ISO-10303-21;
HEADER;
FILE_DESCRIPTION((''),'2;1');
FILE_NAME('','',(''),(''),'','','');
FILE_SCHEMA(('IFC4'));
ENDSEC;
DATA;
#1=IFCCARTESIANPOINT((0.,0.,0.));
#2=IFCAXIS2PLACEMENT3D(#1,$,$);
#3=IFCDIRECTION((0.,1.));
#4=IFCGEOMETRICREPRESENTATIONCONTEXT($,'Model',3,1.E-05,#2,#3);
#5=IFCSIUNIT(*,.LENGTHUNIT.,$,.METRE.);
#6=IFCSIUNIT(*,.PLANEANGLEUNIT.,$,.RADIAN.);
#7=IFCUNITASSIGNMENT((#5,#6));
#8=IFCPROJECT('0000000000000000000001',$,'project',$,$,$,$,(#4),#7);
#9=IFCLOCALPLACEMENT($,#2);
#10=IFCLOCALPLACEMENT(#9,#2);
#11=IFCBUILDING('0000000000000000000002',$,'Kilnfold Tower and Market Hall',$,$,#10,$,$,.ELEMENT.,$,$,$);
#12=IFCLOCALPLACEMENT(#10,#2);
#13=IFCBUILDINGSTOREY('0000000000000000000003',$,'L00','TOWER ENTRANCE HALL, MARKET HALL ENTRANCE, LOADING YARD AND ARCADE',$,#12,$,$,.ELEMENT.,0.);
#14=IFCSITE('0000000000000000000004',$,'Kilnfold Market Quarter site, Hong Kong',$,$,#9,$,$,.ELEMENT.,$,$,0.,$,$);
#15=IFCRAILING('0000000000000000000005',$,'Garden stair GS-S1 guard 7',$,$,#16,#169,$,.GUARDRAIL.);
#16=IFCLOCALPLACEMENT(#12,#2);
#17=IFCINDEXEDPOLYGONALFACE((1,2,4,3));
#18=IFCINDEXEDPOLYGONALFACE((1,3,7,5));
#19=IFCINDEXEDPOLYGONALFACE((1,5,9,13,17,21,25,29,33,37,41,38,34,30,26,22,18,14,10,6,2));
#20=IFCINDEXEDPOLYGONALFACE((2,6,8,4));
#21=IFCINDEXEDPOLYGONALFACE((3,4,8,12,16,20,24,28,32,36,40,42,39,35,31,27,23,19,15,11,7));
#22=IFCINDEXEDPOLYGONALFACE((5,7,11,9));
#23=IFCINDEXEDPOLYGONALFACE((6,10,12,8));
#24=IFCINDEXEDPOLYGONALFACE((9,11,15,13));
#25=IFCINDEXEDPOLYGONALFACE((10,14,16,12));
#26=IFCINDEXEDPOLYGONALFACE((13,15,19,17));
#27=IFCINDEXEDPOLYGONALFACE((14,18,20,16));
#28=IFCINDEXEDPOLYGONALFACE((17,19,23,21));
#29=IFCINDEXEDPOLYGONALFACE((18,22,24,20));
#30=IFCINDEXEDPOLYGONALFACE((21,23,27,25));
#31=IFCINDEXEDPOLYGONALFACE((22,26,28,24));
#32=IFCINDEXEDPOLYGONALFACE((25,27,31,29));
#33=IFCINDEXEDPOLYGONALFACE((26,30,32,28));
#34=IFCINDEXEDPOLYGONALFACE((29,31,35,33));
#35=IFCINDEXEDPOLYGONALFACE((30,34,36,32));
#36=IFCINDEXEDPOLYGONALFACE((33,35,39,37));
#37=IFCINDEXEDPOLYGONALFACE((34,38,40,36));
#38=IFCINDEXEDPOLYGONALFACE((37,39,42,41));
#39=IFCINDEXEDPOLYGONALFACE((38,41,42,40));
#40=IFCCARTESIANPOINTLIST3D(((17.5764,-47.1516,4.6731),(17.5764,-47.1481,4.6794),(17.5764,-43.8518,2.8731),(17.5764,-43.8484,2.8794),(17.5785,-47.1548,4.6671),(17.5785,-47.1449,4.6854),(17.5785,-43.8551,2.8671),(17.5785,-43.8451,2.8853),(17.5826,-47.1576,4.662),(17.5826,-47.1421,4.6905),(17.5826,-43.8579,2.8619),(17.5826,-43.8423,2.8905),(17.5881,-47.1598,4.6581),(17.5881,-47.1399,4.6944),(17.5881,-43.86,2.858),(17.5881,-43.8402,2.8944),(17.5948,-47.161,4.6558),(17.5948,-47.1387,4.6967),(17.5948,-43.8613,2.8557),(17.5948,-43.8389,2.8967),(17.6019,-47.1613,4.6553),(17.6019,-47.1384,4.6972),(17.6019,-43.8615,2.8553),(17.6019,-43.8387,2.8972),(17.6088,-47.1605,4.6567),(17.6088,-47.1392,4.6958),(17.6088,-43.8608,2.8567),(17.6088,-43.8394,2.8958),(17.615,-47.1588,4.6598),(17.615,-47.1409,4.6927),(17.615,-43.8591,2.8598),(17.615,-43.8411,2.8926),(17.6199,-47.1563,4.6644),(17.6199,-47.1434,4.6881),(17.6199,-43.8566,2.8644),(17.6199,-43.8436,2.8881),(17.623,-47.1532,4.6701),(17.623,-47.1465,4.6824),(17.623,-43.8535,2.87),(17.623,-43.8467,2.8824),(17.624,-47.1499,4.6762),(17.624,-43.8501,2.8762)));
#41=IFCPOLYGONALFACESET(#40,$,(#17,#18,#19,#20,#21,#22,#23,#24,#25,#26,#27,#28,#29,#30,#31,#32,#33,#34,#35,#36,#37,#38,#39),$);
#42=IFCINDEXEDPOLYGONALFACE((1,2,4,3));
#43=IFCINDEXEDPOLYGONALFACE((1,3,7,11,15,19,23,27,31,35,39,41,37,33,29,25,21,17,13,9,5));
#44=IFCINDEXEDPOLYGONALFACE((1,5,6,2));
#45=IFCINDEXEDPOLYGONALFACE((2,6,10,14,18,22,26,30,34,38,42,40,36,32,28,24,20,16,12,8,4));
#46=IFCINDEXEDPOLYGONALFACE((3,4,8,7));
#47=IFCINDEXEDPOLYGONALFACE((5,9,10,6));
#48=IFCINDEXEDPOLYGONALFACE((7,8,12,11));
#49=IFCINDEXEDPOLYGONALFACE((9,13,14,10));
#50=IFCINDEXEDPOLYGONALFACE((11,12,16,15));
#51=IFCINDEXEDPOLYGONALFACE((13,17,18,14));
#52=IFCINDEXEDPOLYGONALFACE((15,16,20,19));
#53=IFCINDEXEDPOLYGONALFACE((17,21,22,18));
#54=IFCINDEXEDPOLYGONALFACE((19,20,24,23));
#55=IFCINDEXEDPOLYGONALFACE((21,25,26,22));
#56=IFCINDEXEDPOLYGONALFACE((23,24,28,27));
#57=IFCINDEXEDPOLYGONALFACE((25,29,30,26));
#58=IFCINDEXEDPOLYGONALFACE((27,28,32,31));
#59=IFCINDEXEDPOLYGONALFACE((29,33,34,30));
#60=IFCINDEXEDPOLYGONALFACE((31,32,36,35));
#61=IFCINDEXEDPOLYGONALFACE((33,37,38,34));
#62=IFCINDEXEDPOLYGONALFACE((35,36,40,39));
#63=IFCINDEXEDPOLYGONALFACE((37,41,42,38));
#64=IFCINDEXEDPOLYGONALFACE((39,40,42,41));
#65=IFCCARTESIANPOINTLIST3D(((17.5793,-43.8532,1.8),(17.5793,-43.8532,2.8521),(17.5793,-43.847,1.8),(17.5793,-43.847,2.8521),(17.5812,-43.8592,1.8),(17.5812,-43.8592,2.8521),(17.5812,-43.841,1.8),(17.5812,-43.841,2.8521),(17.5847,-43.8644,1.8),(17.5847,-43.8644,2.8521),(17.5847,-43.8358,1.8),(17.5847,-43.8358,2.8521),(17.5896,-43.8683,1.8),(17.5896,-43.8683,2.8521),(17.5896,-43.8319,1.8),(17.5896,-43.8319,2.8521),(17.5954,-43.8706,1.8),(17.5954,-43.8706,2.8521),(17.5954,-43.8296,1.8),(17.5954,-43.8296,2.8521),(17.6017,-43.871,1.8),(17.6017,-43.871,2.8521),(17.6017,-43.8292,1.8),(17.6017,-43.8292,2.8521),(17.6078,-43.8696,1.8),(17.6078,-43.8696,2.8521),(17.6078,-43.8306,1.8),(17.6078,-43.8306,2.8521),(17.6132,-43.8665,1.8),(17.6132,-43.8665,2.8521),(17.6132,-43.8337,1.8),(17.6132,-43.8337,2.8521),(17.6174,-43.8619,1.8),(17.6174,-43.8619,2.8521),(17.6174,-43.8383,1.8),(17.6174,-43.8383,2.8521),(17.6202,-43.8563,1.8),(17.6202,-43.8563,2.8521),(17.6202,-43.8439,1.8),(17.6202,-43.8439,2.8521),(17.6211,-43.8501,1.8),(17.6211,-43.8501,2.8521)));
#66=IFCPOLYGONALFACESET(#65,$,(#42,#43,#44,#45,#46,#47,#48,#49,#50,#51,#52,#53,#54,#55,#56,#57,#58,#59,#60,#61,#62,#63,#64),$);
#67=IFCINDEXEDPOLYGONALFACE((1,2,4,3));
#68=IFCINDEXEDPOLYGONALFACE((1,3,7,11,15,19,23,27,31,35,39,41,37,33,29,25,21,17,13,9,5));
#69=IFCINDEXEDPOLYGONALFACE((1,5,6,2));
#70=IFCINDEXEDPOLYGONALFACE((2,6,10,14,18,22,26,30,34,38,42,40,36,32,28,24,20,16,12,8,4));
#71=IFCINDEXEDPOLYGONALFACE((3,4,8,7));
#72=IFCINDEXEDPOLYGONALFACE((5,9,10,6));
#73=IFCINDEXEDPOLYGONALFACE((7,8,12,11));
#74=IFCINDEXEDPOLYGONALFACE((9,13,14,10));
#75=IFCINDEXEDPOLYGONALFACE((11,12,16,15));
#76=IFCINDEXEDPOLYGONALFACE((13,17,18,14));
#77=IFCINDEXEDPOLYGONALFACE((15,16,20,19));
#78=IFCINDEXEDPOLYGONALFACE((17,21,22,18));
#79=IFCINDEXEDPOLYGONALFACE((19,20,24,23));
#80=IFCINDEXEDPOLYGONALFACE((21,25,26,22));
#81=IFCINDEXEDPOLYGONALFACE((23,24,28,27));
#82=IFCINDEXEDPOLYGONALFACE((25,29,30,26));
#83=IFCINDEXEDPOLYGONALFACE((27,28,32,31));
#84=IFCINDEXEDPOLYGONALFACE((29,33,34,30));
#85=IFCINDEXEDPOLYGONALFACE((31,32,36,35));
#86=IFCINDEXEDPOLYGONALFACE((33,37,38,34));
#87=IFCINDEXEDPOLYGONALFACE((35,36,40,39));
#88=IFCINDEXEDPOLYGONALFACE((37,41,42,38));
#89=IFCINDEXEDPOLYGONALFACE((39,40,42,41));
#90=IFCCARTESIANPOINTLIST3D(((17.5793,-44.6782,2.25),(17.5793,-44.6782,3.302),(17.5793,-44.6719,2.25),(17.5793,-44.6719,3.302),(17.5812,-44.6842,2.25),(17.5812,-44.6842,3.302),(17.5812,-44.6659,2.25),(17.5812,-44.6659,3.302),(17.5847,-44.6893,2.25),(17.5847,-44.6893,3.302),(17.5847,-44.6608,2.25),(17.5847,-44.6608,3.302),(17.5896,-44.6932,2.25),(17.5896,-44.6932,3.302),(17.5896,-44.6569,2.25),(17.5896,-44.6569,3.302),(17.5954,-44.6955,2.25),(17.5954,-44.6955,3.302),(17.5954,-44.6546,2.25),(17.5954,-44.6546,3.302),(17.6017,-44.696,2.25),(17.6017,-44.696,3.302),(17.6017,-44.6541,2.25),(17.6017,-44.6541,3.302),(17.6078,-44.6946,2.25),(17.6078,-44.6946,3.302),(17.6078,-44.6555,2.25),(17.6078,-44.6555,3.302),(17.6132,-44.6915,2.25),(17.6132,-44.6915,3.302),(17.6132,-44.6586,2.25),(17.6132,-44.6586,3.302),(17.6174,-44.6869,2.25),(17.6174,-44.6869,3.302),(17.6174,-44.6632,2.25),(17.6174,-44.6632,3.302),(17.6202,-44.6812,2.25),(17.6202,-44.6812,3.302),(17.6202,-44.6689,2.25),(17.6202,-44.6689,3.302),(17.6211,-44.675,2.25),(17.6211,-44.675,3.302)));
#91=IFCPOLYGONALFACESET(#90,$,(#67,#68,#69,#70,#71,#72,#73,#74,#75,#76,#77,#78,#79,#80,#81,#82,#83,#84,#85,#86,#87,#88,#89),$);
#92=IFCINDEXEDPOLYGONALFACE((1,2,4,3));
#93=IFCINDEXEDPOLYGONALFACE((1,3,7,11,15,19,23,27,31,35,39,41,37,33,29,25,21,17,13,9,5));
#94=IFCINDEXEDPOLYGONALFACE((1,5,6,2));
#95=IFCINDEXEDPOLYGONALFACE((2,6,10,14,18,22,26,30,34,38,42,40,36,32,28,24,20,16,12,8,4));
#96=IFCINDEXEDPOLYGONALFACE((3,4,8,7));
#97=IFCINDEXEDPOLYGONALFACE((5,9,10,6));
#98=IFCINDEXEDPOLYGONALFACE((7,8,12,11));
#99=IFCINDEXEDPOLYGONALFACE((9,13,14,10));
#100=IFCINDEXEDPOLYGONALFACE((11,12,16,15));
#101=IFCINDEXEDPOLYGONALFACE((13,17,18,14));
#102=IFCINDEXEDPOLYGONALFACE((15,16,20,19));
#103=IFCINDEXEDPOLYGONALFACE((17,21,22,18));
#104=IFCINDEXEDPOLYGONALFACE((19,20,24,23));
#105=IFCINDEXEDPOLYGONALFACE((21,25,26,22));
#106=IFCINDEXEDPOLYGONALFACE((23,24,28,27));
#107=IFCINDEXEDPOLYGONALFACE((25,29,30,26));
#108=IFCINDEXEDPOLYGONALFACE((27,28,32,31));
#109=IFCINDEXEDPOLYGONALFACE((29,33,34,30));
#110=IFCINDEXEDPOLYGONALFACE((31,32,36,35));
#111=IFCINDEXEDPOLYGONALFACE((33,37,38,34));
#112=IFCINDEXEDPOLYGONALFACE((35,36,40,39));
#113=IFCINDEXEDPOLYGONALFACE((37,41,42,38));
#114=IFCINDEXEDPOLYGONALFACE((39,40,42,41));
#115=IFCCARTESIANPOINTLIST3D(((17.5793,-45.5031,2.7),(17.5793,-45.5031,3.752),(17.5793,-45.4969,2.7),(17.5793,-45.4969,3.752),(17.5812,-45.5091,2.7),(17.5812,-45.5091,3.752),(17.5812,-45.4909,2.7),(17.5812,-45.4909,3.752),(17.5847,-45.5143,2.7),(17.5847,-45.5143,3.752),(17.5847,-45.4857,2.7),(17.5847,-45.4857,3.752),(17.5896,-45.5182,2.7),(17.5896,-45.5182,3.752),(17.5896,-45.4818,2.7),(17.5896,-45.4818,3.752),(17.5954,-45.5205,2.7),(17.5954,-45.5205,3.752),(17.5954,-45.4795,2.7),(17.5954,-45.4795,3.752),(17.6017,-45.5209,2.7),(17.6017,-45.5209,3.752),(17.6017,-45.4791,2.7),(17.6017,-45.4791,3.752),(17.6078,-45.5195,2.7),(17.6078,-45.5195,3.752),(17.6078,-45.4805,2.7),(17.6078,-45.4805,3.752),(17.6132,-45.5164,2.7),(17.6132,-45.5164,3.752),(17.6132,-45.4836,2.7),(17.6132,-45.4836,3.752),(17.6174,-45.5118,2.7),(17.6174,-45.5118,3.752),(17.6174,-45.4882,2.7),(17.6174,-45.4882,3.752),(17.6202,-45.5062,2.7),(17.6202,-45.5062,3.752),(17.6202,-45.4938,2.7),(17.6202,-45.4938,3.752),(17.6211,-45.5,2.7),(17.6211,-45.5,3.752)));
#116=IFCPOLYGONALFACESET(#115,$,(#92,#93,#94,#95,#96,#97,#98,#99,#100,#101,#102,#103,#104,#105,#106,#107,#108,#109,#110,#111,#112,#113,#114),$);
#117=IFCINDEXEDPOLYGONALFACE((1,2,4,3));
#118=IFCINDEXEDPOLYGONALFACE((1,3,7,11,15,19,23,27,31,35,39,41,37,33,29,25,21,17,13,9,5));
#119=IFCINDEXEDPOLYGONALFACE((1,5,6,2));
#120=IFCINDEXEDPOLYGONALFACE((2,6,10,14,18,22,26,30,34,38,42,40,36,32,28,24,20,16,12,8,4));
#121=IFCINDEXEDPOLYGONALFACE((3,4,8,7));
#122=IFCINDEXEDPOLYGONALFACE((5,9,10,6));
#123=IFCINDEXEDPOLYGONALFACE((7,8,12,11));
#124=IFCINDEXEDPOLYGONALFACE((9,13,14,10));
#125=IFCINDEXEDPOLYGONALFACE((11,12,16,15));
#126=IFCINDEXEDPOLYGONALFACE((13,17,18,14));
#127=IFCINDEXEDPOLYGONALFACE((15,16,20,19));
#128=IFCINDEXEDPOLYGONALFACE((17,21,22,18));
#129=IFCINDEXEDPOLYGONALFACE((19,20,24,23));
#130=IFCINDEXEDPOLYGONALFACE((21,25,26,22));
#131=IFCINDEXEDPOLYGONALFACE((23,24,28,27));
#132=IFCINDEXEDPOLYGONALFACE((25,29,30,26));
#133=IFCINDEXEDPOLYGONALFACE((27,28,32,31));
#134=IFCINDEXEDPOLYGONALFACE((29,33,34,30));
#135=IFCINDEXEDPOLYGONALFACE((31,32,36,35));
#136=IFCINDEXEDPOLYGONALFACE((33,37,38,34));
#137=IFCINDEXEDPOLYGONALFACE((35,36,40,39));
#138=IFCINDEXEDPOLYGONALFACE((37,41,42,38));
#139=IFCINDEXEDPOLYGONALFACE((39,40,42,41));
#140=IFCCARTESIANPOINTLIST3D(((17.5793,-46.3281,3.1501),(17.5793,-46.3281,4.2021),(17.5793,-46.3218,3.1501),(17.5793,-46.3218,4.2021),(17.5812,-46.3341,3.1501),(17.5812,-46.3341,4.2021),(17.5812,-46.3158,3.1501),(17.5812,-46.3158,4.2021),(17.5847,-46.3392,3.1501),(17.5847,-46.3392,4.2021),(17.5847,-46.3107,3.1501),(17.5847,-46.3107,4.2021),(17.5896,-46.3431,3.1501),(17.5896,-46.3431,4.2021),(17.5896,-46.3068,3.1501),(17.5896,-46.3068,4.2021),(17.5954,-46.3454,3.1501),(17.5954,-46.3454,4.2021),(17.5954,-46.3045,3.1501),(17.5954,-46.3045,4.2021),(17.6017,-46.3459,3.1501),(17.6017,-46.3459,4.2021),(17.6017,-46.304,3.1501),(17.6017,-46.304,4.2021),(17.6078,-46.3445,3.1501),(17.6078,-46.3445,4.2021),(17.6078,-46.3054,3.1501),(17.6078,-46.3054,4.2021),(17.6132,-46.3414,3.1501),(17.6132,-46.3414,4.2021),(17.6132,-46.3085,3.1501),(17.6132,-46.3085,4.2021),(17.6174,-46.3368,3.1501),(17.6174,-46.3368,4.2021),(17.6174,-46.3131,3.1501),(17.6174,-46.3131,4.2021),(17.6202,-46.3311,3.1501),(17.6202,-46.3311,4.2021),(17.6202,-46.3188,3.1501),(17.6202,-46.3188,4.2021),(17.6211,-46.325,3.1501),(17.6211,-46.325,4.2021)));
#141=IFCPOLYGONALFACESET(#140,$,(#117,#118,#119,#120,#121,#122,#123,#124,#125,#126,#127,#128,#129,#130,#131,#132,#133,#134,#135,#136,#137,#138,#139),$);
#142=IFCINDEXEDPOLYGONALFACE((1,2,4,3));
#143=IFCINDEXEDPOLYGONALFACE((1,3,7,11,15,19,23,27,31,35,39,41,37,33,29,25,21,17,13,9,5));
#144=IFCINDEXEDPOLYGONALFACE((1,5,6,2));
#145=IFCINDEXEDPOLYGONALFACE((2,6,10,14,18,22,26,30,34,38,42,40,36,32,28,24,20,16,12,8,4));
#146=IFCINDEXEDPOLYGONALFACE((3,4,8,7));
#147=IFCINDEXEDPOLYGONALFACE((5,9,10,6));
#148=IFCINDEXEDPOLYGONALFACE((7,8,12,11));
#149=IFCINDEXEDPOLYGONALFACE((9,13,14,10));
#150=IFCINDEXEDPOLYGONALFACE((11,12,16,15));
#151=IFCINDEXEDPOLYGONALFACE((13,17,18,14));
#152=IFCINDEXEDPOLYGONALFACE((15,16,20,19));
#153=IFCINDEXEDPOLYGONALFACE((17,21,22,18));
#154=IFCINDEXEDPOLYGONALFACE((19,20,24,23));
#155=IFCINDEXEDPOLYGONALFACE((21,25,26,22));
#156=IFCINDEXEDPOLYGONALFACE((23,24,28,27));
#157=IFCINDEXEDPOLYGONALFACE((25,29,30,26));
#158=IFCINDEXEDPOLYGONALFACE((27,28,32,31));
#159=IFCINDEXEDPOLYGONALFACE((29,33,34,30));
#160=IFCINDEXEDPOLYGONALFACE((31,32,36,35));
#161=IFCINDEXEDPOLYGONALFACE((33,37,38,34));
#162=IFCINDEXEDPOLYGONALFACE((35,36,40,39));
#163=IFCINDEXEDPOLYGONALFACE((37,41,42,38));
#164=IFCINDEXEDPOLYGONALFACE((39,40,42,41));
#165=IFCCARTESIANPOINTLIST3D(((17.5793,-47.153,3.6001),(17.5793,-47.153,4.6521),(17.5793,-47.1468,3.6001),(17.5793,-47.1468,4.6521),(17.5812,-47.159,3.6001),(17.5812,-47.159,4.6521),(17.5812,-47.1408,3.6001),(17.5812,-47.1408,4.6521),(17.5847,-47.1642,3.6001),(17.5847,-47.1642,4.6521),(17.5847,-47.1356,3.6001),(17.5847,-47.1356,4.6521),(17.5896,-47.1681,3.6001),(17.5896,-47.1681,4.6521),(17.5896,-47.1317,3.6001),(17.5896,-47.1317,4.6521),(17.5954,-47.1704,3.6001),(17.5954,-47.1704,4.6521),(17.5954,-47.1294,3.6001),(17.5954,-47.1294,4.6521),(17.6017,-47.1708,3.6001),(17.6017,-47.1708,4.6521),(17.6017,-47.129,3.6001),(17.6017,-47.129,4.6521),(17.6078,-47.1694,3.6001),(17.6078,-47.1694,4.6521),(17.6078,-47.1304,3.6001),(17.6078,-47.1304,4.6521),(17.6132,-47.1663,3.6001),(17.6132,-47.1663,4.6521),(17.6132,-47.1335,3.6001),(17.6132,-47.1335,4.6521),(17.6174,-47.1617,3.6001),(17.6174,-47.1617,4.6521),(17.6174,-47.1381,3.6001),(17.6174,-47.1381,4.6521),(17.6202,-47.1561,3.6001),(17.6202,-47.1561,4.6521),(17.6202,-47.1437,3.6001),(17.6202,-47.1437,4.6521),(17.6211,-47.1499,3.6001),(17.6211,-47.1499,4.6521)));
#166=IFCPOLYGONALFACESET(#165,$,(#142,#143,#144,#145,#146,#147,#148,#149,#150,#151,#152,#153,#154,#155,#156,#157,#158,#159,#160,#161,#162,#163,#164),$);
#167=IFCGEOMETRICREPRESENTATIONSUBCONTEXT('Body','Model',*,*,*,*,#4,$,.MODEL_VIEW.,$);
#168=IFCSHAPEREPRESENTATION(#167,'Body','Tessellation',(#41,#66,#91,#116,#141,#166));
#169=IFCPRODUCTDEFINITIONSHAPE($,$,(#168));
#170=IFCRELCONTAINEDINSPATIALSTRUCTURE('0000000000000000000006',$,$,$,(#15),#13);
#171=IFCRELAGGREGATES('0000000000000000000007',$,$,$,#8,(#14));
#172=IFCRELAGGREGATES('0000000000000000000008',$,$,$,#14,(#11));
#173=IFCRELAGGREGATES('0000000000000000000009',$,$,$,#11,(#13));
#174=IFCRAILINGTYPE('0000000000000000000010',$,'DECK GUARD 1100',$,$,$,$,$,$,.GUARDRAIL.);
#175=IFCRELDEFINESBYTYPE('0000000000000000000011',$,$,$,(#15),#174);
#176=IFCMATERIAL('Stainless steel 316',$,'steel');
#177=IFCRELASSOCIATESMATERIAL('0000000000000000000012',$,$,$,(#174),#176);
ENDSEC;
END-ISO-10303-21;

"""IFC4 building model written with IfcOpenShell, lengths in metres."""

from ifc_helpers import new_model, si_unit, direction, frame, origin, origin_2d, place, context, subcontext, project, spatial, circle, extrude, material, type_object, element, save


model = new_model("IFC4")

# Units and contexts
model_context = context("Model", 3, precision=1e-05, world=origin(), true_north=direction((0.0, 1.0)))
body_context = subcontext(model_context, "Body", "Model", "MODEL_VIEW")
ifc_project = project(units=[si_unit("LENGTHUNIT", "METRE"), si_unit("PLANEANGLEUNIT", "RADIAN")], contexts=[model_context])

# Site, building, storey
site_placement = place(None, origin())
site = spatial("IfcSite", under=ifc_project, at=site_placement, Name="Kilnfold Market Quarter site, Hong Kong", CompositionType="ELEMENT", RefElevation=0.0)
building_placement = place(site_placement, origin())
building = spatial("IfcBuilding", under=site, at=building_placement, Name="Kilnfold Tower and Market Hall", CompositionType="ELEMENT")
storey_placement = place(building_placement, origin())
storey = spatial("IfcBuildingStorey", under=building, at=storey_placement, Name="L00", Description="TOWER ENTRANCE HALL, MARKET HALL ENTRANCE, LOADING YARD AND ARCADE", CompositionType="ELEMENT", Elevation=0.0)

# Railing
ifc_material_1 = material(Name="Stainless steel 316", Category="steel")
railing_type_1 = type_object("IfcRailingType", Name="DECK GUARD 1100", PredefinedType="GUARDRAIL", material=ifc_material_1)
railing_1_placement = place(storey_placement, frame((17.6001, -43.8501, 1.8)))
element("IfcRailing", 1, at=railing_1_placement, inside=storey, type_object=railing_type_1, Name="Garden stair GS-S1 guard 7", PredefinedType="GUARDRAIL", context=body_context, shape_type="SweptSolid", body=[
    extrude(circle(Radius=0.0239, at=origin_2d()), frame((0.0, 0.0, 1.0762), z_axis=(0.0, -0.877878, 0.478884), x_axis=(1.0, 0.0, 0.0)), (0.0, 0.0, 1.0), 3.7588),
    extrude(circle(Radius=0.021, at=origin_2d()), origin(), (0.0, 0.0, 1.0), 1.052),
    extrude(circle(Radius=0.021, at=origin_2d()), frame((0.0, -0.825, 0.45)), (0.0, 0.0, 1.0), 1.052),
    extrude(circle(Radius=0.021, at=origin_2d()), frame((0.0, -1.6499, 0.8999)), (0.0, 0.0, 1.0), 1.052),
    extrude(circle(Radius=0.021, at=origin_2d()), frame((0.0, -2.4749, 1.3501)), (0.0, 0.0, 1.0), 1.052),
    extrude(circle(Radius=0.021, at=origin_2d()), frame((0.0, -3.2998, 1.8)), (0.0, 0.0, 1.0), 1.052),
])

save(model, "model.ifc")
